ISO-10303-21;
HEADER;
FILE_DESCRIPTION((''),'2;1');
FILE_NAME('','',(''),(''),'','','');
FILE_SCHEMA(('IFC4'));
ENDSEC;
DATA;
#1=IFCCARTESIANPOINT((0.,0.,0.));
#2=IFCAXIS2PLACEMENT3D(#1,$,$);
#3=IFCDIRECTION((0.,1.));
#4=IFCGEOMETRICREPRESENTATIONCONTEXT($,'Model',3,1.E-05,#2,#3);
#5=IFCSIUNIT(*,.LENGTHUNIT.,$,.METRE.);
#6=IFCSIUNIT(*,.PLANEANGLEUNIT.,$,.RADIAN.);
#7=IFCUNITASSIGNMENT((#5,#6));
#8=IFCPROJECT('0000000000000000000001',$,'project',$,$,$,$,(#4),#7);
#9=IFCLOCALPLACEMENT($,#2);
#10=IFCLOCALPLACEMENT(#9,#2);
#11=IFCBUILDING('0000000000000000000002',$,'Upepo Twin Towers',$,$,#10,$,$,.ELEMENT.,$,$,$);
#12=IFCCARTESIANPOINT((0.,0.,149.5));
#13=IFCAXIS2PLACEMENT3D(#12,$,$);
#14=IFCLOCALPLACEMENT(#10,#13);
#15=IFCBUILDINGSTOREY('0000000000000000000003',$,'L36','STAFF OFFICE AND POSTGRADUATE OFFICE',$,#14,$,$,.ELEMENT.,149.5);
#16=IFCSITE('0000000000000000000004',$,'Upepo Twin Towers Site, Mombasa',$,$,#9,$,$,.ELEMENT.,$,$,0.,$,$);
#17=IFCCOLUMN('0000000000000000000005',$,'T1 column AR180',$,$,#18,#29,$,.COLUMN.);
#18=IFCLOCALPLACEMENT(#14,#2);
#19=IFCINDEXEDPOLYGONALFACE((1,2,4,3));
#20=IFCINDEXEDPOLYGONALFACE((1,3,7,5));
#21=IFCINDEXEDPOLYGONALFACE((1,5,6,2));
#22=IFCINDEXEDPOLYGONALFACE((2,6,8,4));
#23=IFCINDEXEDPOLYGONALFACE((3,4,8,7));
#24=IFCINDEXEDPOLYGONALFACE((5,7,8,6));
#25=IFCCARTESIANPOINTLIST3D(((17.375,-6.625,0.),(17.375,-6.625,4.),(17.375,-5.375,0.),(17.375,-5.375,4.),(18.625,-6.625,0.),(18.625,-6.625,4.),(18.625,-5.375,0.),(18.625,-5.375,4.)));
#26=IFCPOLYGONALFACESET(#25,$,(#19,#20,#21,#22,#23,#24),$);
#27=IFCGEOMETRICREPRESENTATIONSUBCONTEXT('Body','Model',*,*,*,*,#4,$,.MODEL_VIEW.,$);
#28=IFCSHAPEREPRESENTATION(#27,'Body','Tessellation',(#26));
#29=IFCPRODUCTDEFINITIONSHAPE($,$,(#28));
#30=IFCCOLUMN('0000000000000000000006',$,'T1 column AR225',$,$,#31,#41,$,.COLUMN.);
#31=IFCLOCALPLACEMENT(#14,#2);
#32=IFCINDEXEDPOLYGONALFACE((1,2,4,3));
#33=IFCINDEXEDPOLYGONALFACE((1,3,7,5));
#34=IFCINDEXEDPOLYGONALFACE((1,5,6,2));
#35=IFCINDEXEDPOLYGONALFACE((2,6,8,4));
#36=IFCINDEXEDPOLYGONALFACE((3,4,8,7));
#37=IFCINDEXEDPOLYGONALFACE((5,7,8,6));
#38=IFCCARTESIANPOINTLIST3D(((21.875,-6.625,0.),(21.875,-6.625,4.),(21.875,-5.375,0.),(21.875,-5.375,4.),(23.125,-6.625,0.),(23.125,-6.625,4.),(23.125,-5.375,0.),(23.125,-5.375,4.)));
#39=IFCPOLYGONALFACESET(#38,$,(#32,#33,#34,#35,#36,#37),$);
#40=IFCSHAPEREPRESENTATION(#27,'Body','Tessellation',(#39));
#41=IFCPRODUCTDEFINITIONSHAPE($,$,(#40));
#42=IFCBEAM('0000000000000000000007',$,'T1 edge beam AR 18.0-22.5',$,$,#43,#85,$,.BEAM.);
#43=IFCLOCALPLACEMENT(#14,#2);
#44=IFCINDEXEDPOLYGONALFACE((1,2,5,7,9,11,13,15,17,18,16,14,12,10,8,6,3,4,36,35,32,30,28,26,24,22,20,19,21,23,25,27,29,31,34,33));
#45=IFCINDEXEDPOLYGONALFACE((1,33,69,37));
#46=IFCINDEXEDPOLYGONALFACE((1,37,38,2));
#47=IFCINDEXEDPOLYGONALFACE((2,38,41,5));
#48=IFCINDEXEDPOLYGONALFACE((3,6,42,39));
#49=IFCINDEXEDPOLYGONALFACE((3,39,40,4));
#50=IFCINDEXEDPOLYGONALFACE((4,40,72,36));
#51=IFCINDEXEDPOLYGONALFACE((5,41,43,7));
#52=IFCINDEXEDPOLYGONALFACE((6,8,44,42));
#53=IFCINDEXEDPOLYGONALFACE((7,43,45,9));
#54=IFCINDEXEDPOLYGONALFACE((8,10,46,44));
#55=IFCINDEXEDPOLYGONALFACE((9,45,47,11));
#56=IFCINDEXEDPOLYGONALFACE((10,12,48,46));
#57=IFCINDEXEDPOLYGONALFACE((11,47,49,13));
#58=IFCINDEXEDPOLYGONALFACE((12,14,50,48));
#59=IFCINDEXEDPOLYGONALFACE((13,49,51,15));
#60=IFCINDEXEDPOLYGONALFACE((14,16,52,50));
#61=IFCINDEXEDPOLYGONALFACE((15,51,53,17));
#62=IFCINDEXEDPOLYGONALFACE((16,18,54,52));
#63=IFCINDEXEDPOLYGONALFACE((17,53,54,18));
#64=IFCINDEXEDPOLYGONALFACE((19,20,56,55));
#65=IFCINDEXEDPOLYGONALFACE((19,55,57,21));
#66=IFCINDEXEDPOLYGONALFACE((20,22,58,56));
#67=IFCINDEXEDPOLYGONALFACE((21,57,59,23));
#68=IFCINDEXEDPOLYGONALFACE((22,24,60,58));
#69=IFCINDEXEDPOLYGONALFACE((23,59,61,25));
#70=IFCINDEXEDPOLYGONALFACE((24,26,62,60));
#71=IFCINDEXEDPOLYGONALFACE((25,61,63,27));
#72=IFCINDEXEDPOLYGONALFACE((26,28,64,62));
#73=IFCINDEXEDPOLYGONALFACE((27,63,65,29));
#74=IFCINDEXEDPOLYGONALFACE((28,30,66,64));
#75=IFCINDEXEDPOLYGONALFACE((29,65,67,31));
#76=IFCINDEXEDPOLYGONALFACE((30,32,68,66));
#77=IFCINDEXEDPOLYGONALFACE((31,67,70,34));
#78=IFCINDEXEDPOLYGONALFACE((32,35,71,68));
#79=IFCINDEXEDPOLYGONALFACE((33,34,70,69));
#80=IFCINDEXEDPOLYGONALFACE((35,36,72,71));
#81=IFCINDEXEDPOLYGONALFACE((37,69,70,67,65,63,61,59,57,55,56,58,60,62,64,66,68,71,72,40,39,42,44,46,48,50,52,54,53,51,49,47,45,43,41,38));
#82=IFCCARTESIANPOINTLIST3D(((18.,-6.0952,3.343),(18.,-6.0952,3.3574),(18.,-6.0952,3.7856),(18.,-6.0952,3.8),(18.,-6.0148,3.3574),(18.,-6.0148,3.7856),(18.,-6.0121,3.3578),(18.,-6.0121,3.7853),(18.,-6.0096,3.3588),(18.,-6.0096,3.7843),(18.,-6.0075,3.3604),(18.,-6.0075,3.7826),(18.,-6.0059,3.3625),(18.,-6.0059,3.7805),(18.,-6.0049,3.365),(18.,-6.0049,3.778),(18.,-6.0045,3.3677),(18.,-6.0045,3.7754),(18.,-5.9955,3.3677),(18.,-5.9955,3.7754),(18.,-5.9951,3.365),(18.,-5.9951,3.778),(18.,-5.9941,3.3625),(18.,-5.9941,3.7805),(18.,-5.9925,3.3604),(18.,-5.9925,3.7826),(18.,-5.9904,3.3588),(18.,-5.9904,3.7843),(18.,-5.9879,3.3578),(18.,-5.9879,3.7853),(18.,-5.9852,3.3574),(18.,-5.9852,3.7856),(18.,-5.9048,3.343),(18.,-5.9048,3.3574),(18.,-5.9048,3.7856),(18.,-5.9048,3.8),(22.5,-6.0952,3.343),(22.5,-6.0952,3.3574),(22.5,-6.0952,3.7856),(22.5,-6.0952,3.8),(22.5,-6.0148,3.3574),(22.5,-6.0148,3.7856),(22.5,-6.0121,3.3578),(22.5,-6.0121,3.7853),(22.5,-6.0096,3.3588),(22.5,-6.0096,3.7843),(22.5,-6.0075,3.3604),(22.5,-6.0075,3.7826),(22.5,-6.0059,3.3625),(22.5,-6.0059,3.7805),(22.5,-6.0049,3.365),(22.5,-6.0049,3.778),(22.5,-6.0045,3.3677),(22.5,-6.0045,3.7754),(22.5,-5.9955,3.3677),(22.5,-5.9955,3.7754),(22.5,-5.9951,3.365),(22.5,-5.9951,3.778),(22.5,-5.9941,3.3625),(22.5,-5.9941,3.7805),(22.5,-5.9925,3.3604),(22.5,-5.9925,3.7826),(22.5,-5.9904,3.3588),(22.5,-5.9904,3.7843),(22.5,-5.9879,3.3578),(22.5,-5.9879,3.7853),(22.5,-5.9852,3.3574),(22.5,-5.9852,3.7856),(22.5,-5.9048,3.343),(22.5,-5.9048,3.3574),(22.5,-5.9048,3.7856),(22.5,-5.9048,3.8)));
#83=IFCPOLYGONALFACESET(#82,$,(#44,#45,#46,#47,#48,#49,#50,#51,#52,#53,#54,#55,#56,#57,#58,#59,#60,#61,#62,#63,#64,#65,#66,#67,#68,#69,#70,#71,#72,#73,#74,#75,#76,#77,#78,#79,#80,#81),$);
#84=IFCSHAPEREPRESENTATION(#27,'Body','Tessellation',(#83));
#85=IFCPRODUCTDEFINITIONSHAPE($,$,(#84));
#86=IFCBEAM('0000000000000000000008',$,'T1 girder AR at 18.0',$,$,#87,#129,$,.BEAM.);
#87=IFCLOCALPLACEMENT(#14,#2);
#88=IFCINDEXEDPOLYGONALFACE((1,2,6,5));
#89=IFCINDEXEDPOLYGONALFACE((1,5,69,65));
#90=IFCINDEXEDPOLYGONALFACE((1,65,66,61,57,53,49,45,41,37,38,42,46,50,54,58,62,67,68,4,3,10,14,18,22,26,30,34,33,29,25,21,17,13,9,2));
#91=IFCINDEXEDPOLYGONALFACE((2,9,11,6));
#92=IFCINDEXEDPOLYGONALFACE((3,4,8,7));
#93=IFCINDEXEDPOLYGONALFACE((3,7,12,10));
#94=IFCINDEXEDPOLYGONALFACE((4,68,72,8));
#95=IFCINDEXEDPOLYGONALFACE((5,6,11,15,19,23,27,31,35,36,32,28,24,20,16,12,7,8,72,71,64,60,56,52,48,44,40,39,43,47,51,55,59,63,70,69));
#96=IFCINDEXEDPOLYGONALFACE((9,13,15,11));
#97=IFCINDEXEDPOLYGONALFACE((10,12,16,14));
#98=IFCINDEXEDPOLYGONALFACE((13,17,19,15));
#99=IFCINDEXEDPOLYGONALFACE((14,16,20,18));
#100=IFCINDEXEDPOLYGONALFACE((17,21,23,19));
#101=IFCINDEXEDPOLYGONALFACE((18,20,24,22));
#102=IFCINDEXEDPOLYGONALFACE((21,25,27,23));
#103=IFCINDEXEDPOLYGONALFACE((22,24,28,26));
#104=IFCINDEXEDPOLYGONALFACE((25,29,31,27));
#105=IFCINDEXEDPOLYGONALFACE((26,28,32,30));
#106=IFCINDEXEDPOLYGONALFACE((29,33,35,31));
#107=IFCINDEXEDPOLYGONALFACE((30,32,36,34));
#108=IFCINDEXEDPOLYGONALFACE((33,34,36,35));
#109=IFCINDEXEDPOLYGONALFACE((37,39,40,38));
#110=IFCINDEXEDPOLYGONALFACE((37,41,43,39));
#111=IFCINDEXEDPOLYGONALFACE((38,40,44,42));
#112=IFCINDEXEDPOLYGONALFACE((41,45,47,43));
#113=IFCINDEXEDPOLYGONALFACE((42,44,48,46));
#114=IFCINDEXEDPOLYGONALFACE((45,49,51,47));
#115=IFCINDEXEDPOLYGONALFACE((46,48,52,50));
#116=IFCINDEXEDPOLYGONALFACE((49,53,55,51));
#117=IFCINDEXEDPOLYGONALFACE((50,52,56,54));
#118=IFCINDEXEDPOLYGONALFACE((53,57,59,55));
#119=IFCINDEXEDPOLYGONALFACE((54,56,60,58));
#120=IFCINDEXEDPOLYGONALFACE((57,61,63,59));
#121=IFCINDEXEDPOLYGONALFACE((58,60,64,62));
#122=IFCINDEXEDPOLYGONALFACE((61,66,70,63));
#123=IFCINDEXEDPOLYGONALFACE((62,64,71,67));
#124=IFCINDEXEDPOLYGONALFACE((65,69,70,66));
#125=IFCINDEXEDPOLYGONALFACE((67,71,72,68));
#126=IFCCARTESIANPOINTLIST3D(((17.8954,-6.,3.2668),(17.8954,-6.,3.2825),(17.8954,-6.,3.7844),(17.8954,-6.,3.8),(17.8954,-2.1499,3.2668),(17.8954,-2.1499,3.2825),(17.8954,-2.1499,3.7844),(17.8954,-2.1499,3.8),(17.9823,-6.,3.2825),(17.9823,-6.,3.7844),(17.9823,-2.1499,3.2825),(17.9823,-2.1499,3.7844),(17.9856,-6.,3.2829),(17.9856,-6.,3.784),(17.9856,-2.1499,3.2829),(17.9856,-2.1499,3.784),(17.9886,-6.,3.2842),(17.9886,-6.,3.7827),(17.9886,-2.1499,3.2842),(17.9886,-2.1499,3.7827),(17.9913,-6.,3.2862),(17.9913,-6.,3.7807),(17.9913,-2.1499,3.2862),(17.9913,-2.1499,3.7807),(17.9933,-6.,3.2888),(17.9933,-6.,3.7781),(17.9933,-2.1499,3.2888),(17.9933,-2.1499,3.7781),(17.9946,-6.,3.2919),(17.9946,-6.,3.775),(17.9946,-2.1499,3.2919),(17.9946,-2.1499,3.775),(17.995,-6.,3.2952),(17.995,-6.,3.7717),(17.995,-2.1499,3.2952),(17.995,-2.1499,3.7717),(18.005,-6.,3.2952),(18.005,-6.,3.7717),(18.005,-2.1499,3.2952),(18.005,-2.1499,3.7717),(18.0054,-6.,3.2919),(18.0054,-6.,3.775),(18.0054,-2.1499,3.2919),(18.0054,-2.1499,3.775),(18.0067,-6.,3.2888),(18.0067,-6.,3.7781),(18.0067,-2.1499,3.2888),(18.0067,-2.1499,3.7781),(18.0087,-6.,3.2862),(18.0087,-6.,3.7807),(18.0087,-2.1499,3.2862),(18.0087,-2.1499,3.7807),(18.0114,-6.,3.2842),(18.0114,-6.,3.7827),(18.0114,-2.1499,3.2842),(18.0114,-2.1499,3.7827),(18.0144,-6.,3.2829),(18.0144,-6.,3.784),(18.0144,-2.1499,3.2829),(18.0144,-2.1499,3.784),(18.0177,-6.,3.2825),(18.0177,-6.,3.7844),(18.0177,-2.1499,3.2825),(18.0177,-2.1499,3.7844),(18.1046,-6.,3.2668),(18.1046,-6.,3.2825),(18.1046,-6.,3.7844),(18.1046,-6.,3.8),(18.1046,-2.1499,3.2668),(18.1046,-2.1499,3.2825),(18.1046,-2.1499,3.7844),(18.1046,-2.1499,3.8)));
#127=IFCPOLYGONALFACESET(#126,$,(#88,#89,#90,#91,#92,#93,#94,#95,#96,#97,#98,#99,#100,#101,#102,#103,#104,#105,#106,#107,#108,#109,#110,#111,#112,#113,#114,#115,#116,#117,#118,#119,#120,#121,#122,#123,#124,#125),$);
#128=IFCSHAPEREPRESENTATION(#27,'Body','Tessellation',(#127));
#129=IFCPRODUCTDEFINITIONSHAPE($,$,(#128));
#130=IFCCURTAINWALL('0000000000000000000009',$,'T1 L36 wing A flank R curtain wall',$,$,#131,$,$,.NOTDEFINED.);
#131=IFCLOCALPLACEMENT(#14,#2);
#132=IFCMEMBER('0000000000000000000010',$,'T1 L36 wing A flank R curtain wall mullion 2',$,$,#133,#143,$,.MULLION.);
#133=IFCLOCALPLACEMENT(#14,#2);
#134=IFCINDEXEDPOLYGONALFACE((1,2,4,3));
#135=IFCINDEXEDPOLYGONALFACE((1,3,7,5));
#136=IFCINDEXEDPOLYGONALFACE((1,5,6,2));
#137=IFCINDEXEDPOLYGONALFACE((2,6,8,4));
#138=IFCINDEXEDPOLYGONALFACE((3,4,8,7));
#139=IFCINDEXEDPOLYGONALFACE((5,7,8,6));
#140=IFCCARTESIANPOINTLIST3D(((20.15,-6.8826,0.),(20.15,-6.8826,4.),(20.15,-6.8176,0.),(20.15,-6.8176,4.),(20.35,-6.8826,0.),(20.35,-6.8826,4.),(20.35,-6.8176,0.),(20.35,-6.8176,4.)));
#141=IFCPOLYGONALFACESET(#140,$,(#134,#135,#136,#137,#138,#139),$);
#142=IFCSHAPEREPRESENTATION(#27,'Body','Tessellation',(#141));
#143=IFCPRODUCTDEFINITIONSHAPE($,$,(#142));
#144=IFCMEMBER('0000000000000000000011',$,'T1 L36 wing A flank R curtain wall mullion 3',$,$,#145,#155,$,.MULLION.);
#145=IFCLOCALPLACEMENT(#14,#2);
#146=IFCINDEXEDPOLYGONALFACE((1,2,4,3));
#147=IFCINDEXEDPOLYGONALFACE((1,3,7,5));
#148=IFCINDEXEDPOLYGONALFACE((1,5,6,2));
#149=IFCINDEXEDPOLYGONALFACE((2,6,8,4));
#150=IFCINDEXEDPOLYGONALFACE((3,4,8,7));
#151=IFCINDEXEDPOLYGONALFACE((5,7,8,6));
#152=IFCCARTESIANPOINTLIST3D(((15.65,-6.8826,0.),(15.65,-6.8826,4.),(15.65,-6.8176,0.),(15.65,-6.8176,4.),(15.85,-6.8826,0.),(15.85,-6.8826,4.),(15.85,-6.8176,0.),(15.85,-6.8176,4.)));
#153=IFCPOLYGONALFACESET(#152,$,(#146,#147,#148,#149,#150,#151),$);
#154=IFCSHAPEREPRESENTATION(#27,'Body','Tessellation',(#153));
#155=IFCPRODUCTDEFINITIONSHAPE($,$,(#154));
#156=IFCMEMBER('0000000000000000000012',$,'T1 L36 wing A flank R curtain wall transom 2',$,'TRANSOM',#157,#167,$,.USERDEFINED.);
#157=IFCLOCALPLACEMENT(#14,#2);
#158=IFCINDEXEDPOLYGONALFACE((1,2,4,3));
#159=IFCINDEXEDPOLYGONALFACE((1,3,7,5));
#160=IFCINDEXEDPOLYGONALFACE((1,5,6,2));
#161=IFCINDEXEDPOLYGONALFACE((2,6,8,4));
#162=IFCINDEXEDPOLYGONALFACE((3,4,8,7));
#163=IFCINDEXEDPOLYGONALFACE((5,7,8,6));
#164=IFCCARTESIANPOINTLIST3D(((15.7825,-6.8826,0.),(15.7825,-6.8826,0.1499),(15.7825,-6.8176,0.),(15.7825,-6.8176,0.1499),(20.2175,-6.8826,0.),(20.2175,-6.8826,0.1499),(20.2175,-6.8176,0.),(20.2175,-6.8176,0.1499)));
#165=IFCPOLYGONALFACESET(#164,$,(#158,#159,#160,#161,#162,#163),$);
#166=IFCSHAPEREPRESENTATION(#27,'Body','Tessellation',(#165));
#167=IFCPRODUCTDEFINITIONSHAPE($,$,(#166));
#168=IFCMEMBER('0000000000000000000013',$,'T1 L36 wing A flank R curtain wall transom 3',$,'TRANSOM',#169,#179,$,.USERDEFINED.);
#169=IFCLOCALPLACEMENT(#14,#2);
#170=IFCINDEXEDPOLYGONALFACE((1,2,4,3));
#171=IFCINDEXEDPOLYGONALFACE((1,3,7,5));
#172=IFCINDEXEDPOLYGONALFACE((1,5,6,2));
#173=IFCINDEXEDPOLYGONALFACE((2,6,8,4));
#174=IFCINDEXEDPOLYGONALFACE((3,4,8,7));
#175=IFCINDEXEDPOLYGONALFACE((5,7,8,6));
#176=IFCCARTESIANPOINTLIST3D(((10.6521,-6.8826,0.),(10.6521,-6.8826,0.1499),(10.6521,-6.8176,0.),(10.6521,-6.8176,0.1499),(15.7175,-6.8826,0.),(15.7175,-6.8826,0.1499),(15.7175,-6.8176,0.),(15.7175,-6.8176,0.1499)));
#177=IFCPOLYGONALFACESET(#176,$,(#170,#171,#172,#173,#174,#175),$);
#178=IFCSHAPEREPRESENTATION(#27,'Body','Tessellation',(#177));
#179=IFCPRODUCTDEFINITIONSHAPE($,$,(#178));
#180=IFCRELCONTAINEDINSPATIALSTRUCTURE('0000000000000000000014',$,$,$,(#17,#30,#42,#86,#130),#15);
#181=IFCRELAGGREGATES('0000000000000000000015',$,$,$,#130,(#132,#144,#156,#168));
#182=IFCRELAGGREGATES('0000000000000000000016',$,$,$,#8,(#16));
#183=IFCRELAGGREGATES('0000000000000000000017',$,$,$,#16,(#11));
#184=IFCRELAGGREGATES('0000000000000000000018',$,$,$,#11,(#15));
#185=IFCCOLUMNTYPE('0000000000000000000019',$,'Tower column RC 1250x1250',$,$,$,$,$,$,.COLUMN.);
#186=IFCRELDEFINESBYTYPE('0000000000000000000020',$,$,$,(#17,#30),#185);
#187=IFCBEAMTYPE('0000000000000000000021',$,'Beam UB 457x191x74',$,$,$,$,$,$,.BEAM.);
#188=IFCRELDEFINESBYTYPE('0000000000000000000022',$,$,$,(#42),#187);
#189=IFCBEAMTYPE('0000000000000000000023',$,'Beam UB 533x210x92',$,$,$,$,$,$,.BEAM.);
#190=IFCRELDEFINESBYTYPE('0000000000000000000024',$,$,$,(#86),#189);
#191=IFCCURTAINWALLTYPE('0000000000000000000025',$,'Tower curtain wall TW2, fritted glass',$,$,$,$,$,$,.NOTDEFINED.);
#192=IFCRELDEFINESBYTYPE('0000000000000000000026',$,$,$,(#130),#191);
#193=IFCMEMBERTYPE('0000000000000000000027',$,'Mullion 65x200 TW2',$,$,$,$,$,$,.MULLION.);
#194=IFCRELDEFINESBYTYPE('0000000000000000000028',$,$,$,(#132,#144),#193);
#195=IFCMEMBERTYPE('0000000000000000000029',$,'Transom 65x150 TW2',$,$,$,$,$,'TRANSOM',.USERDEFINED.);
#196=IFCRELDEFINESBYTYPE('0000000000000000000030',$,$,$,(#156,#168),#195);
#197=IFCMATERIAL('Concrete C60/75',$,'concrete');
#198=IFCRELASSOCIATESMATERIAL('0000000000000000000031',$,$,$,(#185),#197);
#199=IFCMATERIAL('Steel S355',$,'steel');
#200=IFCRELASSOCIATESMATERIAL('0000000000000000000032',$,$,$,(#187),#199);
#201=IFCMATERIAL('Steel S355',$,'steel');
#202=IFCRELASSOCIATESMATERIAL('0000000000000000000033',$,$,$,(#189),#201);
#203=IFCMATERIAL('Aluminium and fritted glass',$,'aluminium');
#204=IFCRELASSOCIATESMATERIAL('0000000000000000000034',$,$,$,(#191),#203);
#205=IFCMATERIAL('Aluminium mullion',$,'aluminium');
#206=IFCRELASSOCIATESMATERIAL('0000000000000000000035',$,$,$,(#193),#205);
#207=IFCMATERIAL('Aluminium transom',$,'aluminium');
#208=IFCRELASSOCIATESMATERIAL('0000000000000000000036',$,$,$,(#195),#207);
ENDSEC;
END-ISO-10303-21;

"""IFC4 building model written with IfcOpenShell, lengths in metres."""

from ifc_helpers import new_model, si_unit, direction, frame, origin, origin_2d, place, context, subcontext, project, spatial, rectangle, i_section, extrude, material, material_profile, profile_set, type_object, element, aggregate, save


model = new_model("IFC4")

# Units and contexts
model_context = context("Model", 3, precision=1e-05, world=origin(), true_north=direction((0.0, 1.0)))
body_context = subcontext(model_context, "Body", "Model", "MODEL_VIEW")
ifc_project = project(units=[si_unit("LENGTHUNIT", "METRE"), si_unit("PLANEANGLEUNIT", "RADIAN")], contexts=[model_context])

# Site, building, storey
site_placement = place(None, origin())
site = spatial("IfcSite", under=ifc_project, at=site_placement, Name="Upepo Twin Towers Site, Mombasa", CompositionType="ELEMENT", RefElevation=0.0)
building_placement = place(site_placement, origin())
building = spatial("IfcBuilding", under=site, at=building_placement, Name="Upepo Twin Towers", CompositionType="ELEMENT")
storey_placement = place(building_placement, frame((0.0, 0.0, 149.5)))
storey = spatial("IfcBuildingStorey", under=building, at=storey_placement, Name="L36", Description="STAFF OFFICE AND POSTGRADUATE OFFICE", CompositionType="ELEMENT", Elevation=149.5)

# Columns
ifc_material_1 = material(Name="Concrete C60/75", Category="concrete")
ifc_material_profile_1 = material_profile(ifc_material_1, rectangle(XDim=1.25, YDim=1.25, at=origin_2d()), Name="RC 1250x1250")
ifc_profile_set_1 = profile_set([ifc_material_profile_1], Name="Concrete C60/75")
column_type = type_object("IfcColumnType", Name="Tower column RC 1250x1250", PredefinedType="COLUMN", material=ifc_profile_set_1)
for number, where, z_axis, x_axis, name in (
    (1, (18.0, -6.0, 0.0), (0.0, 0.0, 1.0), (1.0, 0.0, 0.0), "T1 column AR180"),
    (2, (22.5, -6.0, 0.0), (0.0, 0.0, 1.0), (1.0, 0.0, 0.0), "T1 column AR225"),
):
    element("IfcColumn", number, at=place(storey_placement, frame(where, z_axis=z_axis, x_axis=x_axis)), inside=storey, type_object=column_type, Name=name, PredefinedType="COLUMN", context=body_context, shape_type="SweptSolid", body=[
        extrude(rectangle(XDim=1.25, YDim=1.25, at=origin_2d()), origin(), (0.0, 0.0, 1.0), 4.0),
    ])

# Beams
ifc_material_2 = material(Name="Steel S355", Category="steel")
ifc_material_profile_2 = material_profile(ifc_material_2, i_section(OverallWidth=0.1904, OverallDepth=0.457, WebThickness=0.009, FlangeThickness=0.0144, FilletRadius=0.0103, at=origin_2d()), Name="UB 457x191x74")
ifc_profile_set_2 = profile_set([ifc_material_profile_2], Name="Steel S355")
beam_type_1 = type_object("IfcBeamType", Name="Beam UB 457x191x74", PredefinedType="BEAM", material=ifc_profile_set_2)
beam_1_placement = place(storey_placement, frame((18.0, -6.0, 3.5715), z_axis=(1.0, 0.0, 0.0), x_axis=(0.0, 1.0, 0.0)))
element("IfcBeam", 3, at=beam_1_placement, inside=storey, type_object=beam_type_1, Name="T1 edge beam AR 18.0-22.5", PredefinedType="BEAM", context=body_context, shape_type="SweptSolid", body=[
    extrude(i_section(OverallWidth=0.1904, OverallDepth=0.457, WebThickness=0.009, FlangeThickness=0.0144, FilletRadius=0.0103, at=origin_2d()), origin(), (0.0, 0.0, 1.0), 4.5),
])
ifc_material_3 = material(Name="Steel S355", Category="steel")
ifc_material_profile_3 = material_profile(ifc_material_3, i_section(OverallWidth=0.2092, OverallDepth=0.5332, WebThickness=0.01, FlangeThickness=0.0156, FilletRadius=0.0127, at=origin_2d()), Name="UB 533x210x92")
ifc_profile_set_3 = profile_set([ifc_material_profile_3], Name="Steel S355")
beam_type_2 = type_object("IfcBeamType", Name="Beam UB 533x210x92", PredefinedType="BEAM", material=ifc_profile_set_3)
beam_2_placement = place(storey_placement, frame((18.0, -6.0, 3.5334), z_axis=(0.0, 1.0, 0.0), x_axis=(-1.0, 0.0, 0.0)))
element("IfcBeam", 4, at=beam_2_placement, inside=storey, type_object=beam_type_2, Name="T1 girder AR at 18.0", PredefinedType="BEAM", context=body_context, shape_type="SweptSolid", body=[
    extrude(i_section(OverallWidth=0.2092, OverallDepth=0.5332, WebThickness=0.01, FlangeThickness=0.0156, FilletRadius=0.0127, at=origin_2d()), origin(), (0.0, 0.0, 1.0), 3.8501),
])

# Curtain wall, members
ifc_material_4 = material(Name="Aluminium and fritted glass", Category="aluminium")
curtain_wall_type = type_object("IfcCurtainWallType", Name="Tower curtain wall TW2, fritted glass", PredefinedType="NOTDEFINED", material=ifc_material_4)
curtain_wall_placement = place(storey_placement, origin())
curtain_wall = element("IfcCurtainWall", 5, at=curtain_wall_placement, inside=storey, type_object=curtain_wall_type, Name="T1 L36 wing A flank R curtain wall", PredefinedType="NOTDEFINED")
ifc_material_5 = material(Name="Aluminium mullion", Category="aluminium")
ifc_material_profile_4 = material_profile(ifc_material_5, rectangle(XDim=0.0649, YDim=0.2, at=origin_2d()), Name="MULLION 65x200")
ifc_profile_set_4 = profile_set([ifc_material_profile_4], Name="Aluminium mullion")
member_type_1 = type_object("IfcMemberType", Name="Mullion 65x200 TW2", PredefinedType="MULLION", material=ifc_profile_set_4)
member_1_placement = place(storey_placement, frame((20.25, -6.8501, 0.0), z_axis=(0.0, 0.0, 1.0), x_axis=(0.0, -1.0, 0.0)))
member_1 = element("IfcMember", 6, at=member_1_placement, type_object=member_type_1, Name="T1 L36 wing A flank R curtain wall mullion 2", PredefinedType="MULLION", context=body_context, shape_type="SweptSolid", body=[
    extrude(rectangle(XDim=0.0649, YDim=0.2, at=origin_2d()), origin(), (0.0, 0.0, 1.0), 4.0),
])
member_2_placement = place(storey_placement, frame((15.75, -6.8501, 0.0), z_axis=(0.0, 0.0, 1.0), x_axis=(0.0, -1.0, 0.0)))
member_2 = element("IfcMember", 7, at=member_2_placement, type_object=member_type_1, Name="T1 L36 wing A flank R curtain wall mullion 3", PredefinedType="MULLION", context=body_context, shape_type="SweptSolid", body=[
    extrude(rectangle(XDim=0.0649, YDim=0.2, at=origin_2d()), origin(), (0.0, 0.0, 1.0), 4.0),
])
ifc_material_6 = material(Name="Aluminium transom", Category="aluminium")
ifc_material_profile_5 = material_profile(ifc_material_6, rectangle(XDim=0.0649, YDim=0.1499, at=origin_2d()), Name="TRANSOM 65x150")
ifc_profile_set_5 = profile_set([ifc_material_profile_5], Name="Aluminium transom")
member_type_2 = type_object("IfcMemberType", Name="Transom 65x150 TW2", ElementType="TRANSOM", PredefinedType="USERDEFINED", material=ifc_profile_set_5)
member_3_placement = place(storey_placement, frame((20.2175, -6.8501, 0.075), z_axis=(-1.0, 0.0, 0.0), x_axis=(0.0, -1.0, 0.0)))
member_3 = element("IfcMember", 8, at=member_3_placement, type_object=member_type_2, Name="T1 L36 wing A flank R curtain wall transom 2", ObjectType="TRANSOM", PredefinedType="USERDEFINED", context=body_context, shape_type="SweptSolid", body=[
    extrude(rectangle(XDim=0.0649, YDim=0.1499, at=origin_2d()), origin(), (0.0, 0.0, 1.0), 4.4351),
])
member_4_placement = place(storey_placement, frame((15.7175, -6.8501, 0.075), z_axis=(-1.0, 0.0, 0.0), x_axis=(0.0, -1.0, 0.0)))
member_4 = element("IfcMember", 9, at=member_4_placement, type_object=member_type_2, Name="T1 L36 wing A flank R curtain wall transom 3", ObjectType="TRANSOM", PredefinedType="USERDEFINED", context=body_context, shape_type="SweptSolid", body=[
    extrude(rectangle(XDim=0.0649, YDim=0.1499, at=origin_2d()), origin(), (0.0, 0.0, 1.0), 5.0654),
])
aggregate(curtain_wall, [member_1, member_2, member_3, member_4])

save(model, "model.ifc")
